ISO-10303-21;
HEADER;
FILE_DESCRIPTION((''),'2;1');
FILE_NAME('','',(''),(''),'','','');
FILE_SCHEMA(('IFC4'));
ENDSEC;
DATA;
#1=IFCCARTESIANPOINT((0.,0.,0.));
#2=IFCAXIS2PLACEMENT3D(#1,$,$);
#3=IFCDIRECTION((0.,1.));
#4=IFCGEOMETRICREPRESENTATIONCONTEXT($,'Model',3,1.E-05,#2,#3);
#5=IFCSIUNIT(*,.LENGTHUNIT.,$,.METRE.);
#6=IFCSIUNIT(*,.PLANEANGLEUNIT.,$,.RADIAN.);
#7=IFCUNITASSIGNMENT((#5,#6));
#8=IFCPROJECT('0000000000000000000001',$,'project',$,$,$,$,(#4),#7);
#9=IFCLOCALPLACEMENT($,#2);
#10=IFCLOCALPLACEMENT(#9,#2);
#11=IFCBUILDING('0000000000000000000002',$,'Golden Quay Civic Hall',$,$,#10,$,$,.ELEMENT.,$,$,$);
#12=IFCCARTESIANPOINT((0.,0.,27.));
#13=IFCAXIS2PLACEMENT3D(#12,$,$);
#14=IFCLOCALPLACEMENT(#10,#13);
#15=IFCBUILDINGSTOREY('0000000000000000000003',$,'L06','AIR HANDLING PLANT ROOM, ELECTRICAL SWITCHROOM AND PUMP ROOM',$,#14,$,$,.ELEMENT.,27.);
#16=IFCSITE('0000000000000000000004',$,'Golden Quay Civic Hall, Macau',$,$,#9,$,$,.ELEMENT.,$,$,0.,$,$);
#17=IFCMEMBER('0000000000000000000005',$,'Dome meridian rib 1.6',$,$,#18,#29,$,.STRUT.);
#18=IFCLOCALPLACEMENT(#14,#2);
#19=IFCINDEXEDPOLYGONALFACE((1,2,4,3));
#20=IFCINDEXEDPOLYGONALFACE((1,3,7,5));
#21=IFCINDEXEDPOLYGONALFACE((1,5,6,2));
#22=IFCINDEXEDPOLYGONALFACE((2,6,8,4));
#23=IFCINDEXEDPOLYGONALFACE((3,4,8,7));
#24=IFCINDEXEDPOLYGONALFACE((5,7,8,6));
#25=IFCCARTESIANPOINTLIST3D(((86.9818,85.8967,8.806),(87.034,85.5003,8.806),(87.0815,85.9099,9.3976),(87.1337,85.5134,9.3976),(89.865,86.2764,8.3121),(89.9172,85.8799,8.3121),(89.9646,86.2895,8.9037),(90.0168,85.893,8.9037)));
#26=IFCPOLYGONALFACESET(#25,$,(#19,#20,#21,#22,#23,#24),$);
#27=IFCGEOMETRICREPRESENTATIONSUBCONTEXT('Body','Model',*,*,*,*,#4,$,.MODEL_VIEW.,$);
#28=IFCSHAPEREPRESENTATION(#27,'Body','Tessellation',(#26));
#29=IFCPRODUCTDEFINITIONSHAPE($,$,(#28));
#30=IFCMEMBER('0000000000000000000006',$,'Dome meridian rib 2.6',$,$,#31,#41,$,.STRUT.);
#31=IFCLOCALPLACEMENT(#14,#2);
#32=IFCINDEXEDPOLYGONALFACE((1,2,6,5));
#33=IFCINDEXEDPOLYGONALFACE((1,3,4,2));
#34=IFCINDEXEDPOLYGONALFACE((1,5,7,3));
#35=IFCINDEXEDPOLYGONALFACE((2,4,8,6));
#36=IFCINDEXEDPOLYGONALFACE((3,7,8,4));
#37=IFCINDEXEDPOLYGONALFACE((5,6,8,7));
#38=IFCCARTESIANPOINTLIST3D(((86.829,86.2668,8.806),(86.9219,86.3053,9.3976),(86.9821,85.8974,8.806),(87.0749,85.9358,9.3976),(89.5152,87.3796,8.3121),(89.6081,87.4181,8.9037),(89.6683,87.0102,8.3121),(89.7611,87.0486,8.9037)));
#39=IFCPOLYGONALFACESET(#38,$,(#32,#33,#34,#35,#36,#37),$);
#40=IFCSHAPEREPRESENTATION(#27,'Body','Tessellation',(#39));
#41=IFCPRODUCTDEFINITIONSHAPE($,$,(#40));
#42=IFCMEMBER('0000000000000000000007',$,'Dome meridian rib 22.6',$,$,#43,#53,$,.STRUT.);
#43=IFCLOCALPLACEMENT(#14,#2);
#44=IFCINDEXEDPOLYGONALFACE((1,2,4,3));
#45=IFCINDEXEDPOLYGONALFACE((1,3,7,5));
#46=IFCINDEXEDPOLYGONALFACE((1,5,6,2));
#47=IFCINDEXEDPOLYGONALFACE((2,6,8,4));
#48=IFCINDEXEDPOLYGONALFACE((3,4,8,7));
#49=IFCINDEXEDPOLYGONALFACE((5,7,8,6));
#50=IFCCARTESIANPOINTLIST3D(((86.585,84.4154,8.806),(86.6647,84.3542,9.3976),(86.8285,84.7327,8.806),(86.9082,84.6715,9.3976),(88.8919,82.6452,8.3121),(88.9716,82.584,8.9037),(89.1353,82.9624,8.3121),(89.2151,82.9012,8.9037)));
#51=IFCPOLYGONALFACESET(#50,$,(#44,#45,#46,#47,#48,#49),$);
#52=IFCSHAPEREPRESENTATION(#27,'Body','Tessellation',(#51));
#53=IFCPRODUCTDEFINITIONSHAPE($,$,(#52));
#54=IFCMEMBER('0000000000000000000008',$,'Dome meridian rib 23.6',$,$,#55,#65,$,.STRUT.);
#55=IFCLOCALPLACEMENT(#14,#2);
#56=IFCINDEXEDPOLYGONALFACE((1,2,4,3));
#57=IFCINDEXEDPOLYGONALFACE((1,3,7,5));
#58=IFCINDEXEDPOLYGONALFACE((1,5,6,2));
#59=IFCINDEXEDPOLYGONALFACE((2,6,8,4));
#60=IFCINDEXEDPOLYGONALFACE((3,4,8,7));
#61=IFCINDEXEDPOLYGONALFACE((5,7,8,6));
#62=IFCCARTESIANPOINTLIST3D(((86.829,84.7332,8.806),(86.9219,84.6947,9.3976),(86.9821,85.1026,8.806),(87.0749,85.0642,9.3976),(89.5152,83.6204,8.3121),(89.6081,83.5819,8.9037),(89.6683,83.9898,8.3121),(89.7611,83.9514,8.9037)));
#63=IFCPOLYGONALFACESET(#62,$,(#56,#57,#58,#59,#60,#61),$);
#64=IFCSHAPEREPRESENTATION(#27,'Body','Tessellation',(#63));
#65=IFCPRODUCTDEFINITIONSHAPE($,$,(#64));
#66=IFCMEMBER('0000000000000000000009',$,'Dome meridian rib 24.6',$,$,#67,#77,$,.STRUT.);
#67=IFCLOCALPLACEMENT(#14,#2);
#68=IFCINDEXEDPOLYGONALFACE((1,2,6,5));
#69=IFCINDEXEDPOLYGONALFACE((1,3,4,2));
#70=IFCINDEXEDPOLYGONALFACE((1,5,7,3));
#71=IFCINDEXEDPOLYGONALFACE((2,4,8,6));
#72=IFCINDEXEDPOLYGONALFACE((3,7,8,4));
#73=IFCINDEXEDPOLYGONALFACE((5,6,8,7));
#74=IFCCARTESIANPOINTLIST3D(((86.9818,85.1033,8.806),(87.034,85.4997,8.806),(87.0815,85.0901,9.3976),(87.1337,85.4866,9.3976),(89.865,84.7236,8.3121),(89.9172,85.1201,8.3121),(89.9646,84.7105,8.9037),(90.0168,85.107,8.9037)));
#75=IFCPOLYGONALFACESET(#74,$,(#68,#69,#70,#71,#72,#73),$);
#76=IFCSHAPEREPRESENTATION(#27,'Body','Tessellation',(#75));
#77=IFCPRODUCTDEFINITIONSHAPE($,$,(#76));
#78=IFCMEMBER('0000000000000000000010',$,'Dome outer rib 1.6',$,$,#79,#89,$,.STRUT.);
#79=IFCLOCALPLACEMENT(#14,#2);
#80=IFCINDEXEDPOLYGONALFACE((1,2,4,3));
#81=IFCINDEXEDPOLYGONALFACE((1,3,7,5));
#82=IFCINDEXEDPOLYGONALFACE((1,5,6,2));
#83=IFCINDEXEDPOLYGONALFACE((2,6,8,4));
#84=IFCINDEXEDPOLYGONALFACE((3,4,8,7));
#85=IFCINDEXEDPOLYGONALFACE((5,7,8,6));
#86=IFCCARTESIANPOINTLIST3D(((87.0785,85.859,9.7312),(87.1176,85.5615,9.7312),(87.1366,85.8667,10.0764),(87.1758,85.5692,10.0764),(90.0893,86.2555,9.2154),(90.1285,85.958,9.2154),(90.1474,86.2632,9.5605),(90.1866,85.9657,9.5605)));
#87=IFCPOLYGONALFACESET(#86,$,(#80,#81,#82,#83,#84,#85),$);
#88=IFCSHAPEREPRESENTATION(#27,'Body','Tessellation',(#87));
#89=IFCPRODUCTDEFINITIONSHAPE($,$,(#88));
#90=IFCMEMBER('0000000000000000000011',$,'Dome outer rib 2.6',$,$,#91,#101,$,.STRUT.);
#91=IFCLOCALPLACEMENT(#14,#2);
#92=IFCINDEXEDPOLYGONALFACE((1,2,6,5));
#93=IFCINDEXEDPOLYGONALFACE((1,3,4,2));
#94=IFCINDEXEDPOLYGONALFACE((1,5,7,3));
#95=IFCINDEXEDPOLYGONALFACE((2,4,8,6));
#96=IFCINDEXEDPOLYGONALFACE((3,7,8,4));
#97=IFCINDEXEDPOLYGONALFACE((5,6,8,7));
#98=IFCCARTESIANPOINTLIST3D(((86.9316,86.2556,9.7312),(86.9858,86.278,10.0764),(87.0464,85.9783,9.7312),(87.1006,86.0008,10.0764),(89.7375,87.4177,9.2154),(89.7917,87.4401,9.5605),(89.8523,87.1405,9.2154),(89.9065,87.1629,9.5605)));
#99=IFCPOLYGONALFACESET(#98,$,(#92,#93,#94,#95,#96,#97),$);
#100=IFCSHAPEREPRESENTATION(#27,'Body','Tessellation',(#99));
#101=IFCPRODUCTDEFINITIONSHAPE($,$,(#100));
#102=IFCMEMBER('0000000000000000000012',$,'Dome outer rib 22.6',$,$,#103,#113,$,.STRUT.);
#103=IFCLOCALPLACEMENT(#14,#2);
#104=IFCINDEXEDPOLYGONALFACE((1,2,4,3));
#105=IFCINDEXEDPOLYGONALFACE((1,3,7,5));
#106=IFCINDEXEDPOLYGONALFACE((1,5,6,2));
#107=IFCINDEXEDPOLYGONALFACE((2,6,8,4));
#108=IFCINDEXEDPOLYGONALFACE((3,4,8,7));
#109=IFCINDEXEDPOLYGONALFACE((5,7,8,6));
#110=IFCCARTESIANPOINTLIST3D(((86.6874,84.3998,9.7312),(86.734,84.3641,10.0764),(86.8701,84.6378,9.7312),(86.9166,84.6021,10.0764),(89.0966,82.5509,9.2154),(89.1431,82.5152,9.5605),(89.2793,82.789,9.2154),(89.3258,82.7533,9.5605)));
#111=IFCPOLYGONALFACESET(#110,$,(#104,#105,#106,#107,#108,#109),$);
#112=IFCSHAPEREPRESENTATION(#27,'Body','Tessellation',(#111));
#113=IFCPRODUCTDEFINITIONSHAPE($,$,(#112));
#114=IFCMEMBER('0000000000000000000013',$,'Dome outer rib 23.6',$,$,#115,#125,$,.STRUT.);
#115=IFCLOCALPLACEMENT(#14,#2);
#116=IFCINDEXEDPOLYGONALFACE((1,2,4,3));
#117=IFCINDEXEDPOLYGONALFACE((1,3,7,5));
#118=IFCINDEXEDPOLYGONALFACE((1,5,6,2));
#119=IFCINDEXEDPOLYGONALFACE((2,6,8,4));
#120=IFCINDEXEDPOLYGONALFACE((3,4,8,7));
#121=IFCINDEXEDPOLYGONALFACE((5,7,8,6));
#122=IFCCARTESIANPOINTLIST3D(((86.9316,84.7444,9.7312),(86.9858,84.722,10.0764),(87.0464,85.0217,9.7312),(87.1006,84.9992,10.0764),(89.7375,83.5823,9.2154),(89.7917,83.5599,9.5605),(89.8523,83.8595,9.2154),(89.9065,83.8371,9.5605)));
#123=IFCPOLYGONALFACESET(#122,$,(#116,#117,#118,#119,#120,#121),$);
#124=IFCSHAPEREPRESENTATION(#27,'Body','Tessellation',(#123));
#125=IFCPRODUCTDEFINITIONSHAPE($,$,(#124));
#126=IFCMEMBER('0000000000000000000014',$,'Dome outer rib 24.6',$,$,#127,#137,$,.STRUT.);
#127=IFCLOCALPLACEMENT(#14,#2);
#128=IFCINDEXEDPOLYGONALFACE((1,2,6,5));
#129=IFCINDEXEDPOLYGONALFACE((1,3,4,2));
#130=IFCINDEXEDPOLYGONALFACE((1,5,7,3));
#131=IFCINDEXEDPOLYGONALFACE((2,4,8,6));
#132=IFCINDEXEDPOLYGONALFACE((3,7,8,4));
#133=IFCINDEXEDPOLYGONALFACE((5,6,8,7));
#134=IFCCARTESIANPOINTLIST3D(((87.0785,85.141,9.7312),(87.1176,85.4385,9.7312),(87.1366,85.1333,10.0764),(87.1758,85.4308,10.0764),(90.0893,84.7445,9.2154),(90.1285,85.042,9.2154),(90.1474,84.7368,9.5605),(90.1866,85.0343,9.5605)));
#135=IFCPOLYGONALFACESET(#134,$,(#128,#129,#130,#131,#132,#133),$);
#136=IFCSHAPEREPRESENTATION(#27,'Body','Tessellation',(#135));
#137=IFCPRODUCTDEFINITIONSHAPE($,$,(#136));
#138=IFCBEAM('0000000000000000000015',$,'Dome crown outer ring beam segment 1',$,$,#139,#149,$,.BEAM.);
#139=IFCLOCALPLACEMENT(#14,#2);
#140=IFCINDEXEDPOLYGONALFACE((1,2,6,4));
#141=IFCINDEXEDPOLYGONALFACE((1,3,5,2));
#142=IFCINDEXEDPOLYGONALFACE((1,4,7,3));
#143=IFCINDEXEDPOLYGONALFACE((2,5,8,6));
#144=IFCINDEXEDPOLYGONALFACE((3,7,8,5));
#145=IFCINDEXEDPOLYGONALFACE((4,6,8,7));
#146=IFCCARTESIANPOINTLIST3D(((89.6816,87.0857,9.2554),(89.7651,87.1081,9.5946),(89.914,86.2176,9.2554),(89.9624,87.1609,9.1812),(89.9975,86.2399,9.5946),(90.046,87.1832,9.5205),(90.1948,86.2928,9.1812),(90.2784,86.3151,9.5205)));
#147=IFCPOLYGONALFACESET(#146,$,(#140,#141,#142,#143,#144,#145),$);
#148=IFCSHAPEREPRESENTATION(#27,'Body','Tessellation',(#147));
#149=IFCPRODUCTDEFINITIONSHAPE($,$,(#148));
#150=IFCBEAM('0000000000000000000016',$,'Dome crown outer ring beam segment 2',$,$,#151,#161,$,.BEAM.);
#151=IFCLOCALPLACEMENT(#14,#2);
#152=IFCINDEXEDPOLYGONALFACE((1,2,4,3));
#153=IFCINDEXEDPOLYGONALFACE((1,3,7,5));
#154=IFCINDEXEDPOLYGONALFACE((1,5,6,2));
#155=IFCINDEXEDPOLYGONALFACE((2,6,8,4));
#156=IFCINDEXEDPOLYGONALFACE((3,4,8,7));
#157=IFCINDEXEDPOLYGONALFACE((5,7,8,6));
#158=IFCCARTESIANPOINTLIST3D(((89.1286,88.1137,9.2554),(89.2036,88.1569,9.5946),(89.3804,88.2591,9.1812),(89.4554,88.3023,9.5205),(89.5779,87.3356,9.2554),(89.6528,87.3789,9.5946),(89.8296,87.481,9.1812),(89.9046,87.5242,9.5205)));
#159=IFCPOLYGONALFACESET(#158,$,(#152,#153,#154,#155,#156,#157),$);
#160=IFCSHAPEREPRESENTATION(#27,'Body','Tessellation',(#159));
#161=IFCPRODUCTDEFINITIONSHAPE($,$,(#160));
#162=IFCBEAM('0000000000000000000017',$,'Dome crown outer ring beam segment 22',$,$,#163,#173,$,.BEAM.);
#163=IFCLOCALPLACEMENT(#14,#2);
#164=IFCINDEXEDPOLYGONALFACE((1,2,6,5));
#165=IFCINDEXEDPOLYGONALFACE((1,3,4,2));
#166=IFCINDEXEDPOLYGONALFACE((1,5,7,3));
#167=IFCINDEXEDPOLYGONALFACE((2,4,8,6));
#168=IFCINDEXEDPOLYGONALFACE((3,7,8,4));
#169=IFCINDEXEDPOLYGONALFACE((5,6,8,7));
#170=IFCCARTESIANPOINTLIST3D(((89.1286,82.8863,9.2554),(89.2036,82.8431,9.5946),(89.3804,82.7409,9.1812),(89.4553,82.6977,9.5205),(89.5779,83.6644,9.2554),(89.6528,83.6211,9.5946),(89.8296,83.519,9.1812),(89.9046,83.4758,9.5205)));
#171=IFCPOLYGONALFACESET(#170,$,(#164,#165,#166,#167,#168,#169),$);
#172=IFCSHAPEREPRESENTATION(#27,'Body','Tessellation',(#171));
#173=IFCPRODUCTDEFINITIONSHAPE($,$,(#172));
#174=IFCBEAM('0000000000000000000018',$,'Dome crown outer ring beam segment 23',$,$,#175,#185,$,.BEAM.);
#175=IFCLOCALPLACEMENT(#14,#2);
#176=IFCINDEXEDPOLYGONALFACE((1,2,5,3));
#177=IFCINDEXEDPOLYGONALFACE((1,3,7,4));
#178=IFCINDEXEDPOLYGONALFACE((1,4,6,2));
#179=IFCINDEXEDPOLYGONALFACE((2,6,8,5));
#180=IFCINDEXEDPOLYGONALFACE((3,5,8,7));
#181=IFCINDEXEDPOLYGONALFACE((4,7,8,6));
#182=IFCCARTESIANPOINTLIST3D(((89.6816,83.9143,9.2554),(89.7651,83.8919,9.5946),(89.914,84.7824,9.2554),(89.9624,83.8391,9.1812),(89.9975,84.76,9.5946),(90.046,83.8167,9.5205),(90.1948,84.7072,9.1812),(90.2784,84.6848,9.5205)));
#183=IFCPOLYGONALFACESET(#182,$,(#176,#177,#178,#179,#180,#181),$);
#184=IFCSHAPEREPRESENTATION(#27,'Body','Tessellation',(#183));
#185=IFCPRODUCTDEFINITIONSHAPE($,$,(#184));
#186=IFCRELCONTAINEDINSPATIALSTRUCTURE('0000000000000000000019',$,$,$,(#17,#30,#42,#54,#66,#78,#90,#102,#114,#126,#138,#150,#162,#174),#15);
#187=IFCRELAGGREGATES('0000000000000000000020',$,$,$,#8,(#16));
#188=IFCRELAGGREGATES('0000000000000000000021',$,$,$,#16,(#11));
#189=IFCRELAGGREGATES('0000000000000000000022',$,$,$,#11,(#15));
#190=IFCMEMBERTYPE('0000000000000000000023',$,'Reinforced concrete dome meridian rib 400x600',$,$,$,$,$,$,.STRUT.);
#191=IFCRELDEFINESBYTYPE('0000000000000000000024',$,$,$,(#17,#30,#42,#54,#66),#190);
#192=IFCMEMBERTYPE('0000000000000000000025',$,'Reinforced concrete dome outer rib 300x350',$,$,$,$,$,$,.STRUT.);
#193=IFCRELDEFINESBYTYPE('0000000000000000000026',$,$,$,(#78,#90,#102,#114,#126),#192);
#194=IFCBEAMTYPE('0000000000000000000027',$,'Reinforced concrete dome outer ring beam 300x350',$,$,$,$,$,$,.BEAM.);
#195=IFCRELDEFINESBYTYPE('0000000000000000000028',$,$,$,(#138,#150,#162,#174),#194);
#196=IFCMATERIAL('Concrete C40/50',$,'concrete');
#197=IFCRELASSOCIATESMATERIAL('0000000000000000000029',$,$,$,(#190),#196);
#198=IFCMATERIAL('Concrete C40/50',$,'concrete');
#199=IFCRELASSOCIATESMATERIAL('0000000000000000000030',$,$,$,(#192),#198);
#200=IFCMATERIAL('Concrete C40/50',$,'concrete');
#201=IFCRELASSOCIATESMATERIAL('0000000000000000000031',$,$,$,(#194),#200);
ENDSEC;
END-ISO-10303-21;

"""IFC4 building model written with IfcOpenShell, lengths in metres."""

from ifc_helpers import new_model, si_unit, direction, frame, origin, origin_2d, place, context, subcontext, project, spatial, rectangle, extrude, material, material_profile, profile_set, type_object, element, save


model = new_model("IFC4")

# Units and contexts
model_context = context("Model", 3, precision=1e-05, world=origin(), true_north=direction((0.0, 1.0)))
body_context = subcontext(model_context, "Body", "Model", "MODEL_VIEW")
ifc_project = project(units=[si_unit("LENGTHUNIT", "METRE"), si_unit("PLANEANGLEUNIT", "RADIAN")], contexts=[model_context])

# Site, building, storey
site_placement = place(None, origin())
site = spatial("IfcSite", under=ifc_project, at=site_placement, Name="Golden Quay Civic Hall, Macau", CompositionType="ELEMENT", RefElevation=0.0)
building_placement = place(site_placement, origin())
building = spatial("IfcBuilding", under=site, at=building_placement, Name="Golden Quay Civic Hall", CompositionType="ELEMENT")
storey_placement = place(building_placement, frame((0.0, 0.0, 27.0)))
storey = spatial("IfcBuildingStorey", under=building, at=storey_placement, Name="L06", Description="AIR HANDLING PLANT ROOM, ELECTRICAL SWITCHROOM AND PUMP ROOM", CompositionType="ELEMENT", Elevation=27.0)

# Members
ifc_material_1 = material(Name="Concrete C40/50", Category="concrete")
ifc_material_profile_1 = material_profile(ifc_material_1, rectangle(XDim=0.3999, YDim=0.6001, at=origin_2d()), Name="RC 400x600")
ifc_profile_set_1 = profile_set([ifc_material_profile_1], Name="Concrete C40/50")
member_type_1 = type_object("IfcMemberType", Name="Reinforced concrete dome meridian rib 400x600", PredefinedType="STRUT", material=ifc_profile_set_1)
member_1_placement = place(storey_placement, frame((89.9409, 86.0847, 8.6079), z_axis=(-0.977444, -0.128709, 0.167446), x_axis=(0.130552, -0.991441, 0.0)))
element("IfcMember", 1, at=member_1_placement, inside=storey, type_object=member_type_1, Name="Dome meridian rib 1.6", PredefinedType="STRUT", context=body_context, shape_type="SweptSolid", body=[
    extrude(rectangle(XDim=0.3999, YDim=0.6001, at=origin_2d()), origin(), (0.0, 0.0, 1.0), 2.9497),
])
member_2_placement = place(storey_placement, frame((89.6382, 87.2141, 8.6079), z_axis=(-0.910821, -0.377308, 0.167463), x_axis=(0.382713, -0.923867, 0.0)))
element("IfcMember", 2, at=member_2_placement, inside=storey, type_object=member_type_1, Name="Dome meridian rib 2.6", PredefinedType="STRUT", context=body_context, shape_type="SweptSolid", body=[
    extrude(rectangle(XDim=0.3999, YDim=0.6001, at=origin_2d()), origin(), (0.0, 0.0, 1.0), 2.9492),
])
member_3_placement = place(storey_placement, frame((89.0535, 82.7732, 8.6079), z_axis=(-0.78213, 0.600193, 0.167452), x_axis=(-0.608789, -0.793332, 0.0)))
element("IfcMember", 3, at=member_3_placement, inside=storey, type_object=member_type_1, Name="Dome meridian rib 22.6", PredefinedType="STRUT", context=body_context, shape_type="SweptSolid", body=[
    extrude(rectangle(XDim=0.3999, YDim=0.6001, at=origin_2d()), origin(), (0.0, 0.0, 1.0), 2.9495),
])
member_4_placement = place(storey_placement, frame((89.6382, 83.7859, 8.6079), z_axis=(-0.910821, 0.377308, 0.167463), x_axis=(-0.382713, -0.923867, 0.0)))
element("IfcMember", 4, at=member_4_placement, inside=storey, type_object=member_type_1, Name="Dome meridian rib 23.6", PredefinedType="STRUT", context=body_context, shape_type="SweptSolid", body=[
    extrude(rectangle(XDim=0.3999, YDim=0.6001, at=origin_2d()), origin(), (0.0, 0.0, 1.0), 2.9492),
])
member_5_placement = place(storey_placement, frame((89.9409, 84.9153, 8.6079), z_axis=(-0.977444, 0.128709, 0.167446), x_axis=(-0.130552, -0.991441, 0.0)))
element("IfcMember", 5, at=member_5_placement, inside=storey, type_object=member_type_1, Name="Dome meridian rib 24.6", PredefinedType="STRUT", context=body_context, shape_type="SweptSolid", body=[
    extrude(rectangle(XDim=0.3999, YDim=0.6001, at=origin_2d()), origin(), (0.0, 0.0, 1.0), 2.9497),
])
ifc_material_2 = material(Name="Concrete C40/50", Category="concrete")
ifc_material_profile_2 = material_profile(ifc_material_2, rectangle(XDim=0.3, YDim=0.3501, at=origin_2d()), Name="RC 300x350")
ifc_profile_set_2 = profile_set([ifc_material_profile_2], Name="Concrete C40/50")
member_type_2 = type_object("IfcMemberType", Name="Reinforced concrete dome outer rib 300x350", PredefinedType="STRUT", material=ifc_profile_set_2)
member_6_placement = place(storey_placement, frame((90.1379, 86.1106, 9.3879), z_axis=(-0.977437, -0.128719, 0.167477), x_axis=(0.130563, -0.99144, 0.0)))
element("IfcMember", 6, at=member_6_placement, inside=storey, type_object=member_type_2, Name="Dome outer rib 1.6", PredefinedType="STRUT", context=body_context, shape_type="SweptSolid", body=[
    extrude(rectangle(XDim=0.3, YDim=0.3501, at=origin_2d()), origin(), (0.0, 0.0, 1.0), 3.0803),
])
member_7_placement = place(storey_placement, frame((89.822, 87.2903, 9.3879), z_axis=(-0.910849, -0.377242, 0.167461), x_axis=(0.382645, -0.923895, 0.0)))
element("IfcMember", 7, at=member_7_placement, inside=storey, type_object=member_type_2, Name="Dome outer rib 2.6", PredefinedType="STRUT", context=body_context, shape_type="SweptSolid", body=[
    extrude(rectangle(XDim=0.3, YDim=0.3501, at=origin_2d()), origin(), (0.0, 0.0, 1.0), 3.0806),
])
member_8_placement = place(storey_placement, frame((89.2112, 82.6521, 9.3879), z_axis=(-0.78211, 0.600215, 0.16747), x_axis=(-0.608813, -0.793314, 0.0)))
element("IfcMember", 8, at=member_8_placement, inside=storey, type_object=member_type_2, Name="Dome outer rib 22.6", PredefinedType="STRUT", context=body_context, shape_type="SweptSolid", body=[
    extrude(rectangle(XDim=0.3, YDim=0.3501, at=origin_2d()), origin(), (0.0, 0.0, 1.0), 3.0803),
])
member_9_placement = place(storey_placement, frame((89.822, 83.7097, 9.3879), z_axis=(-0.910849, 0.377242, 0.167461), x_axis=(-0.382645, -0.923895, 0.0)))
element("IfcMember", 9, at=member_9_placement, inside=storey, type_object=member_type_2, Name="Dome outer rib 23.6", PredefinedType="STRUT", context=body_context, shape_type="SweptSolid", body=[
    extrude(rectangle(XDim=0.3, YDim=0.3501, at=origin_2d()), origin(), (0.0, 0.0, 1.0), 3.0806),
])
member_10_placement = place(storey_placement, frame((90.1379, 84.8894, 9.3879), z_axis=(-0.977437, 0.128719, 0.167477), x_axis=(-0.130563, -0.99144, 0.0)))
element("IfcMember", 10, at=member_10_placement, inside=storey, type_object=member_type_2, Name="Dome outer rib 24.6", PredefinedType="STRUT", context=body_context, shape_type="SweptSolid", body=[
    extrude(rectangle(XDim=0.3, YDim=0.3501, at=origin_2d()), origin(), (0.0, 0.0, 1.0), 3.0803),
])

# Beams
ifc_material_3 = material(Name="Concrete C40/50", Category="concrete")
ifc_material_profile_3 = material_profile(ifc_material_3, rectangle(XDim=0.3, YDim=0.3501, at=origin_2d()), Name="RC 300x350")
ifc_profile_set_3 = profile_set([ifc_material_profile_3], Name="Concrete C40/50")
beam_type_1 = type_object("IfcBeamType", Name="Reinforced concrete dome outer ring beam 300x350", PredefinedType="BEAM", material=ifc_profile_set_3)
beam_1_placement = place(storey_placement, frame((90.0962, 86.2664, 9.3879), z_axis=(-0.258609, 0.965982, 0.0), x_axis=(-0.936028, -0.25059, 0.247094)))
element("IfcBeam", 11, at=beam_1_placement, inside=storey, type_object=beam_type_1, Name="Dome crown outer ring beam segment 1", PredefinedType="BEAM", context=body_context, shape_type="SweptSolid", body=[
    extrude(rectangle(XDim=0.3, YDim=0.3501, at=origin_2d()), origin(), (0.0, 0.0, 1.0), 0.8987),
])
for number, where, z_axis, x_axis, name in (
    (12, (89.7412, 87.4299, 9.3879), (-0.499997, 0.866027, 0.0), (-0.839173, -0.484493, 0.247094), "Dome crown outer ring beam segment 2"),
    (13, (89.292, 82.792, 9.3879), (0.499997, 0.866027, 0.0), (-0.839173, 0.484493, 0.247094), "Dome crown outer ring beam segment 22"),
):
    element("IfcBeam", number, at=place(storey_placement, frame(where, z_axis=z_axis, x_axis=x_axis)), inside=storey, type_object=beam_type_1, Name=name, PredefinedType="BEAM", context=body_context, shape_type="SweptSolid", body=[
        extrude(rectangle(XDim=0.3, YDim=0.3501, at=origin_2d()), origin(), (0.0, 0.0, 1.0), 0.8984),
    ])
beam_2_placement = place(storey_placement, frame((89.8638, 83.8655, 9.3879), z_axis=(0.258609, 0.965982, 0.0), x_axis=(-0.936028, 0.25059, 0.247094)))
element("IfcBeam", 14, at=beam_2_placement, inside=storey, type_object=beam_type_1, Name="Dome crown outer ring beam segment 23", PredefinedType="BEAM", context=body_context, shape_type="SweptSolid", body=[
    extrude(rectangle(XDim=0.3, YDim=0.3501, at=origin_2d()), origin(), (0.0, 0.0, 1.0), 0.8987),
])

save(model, "model.ifc")
